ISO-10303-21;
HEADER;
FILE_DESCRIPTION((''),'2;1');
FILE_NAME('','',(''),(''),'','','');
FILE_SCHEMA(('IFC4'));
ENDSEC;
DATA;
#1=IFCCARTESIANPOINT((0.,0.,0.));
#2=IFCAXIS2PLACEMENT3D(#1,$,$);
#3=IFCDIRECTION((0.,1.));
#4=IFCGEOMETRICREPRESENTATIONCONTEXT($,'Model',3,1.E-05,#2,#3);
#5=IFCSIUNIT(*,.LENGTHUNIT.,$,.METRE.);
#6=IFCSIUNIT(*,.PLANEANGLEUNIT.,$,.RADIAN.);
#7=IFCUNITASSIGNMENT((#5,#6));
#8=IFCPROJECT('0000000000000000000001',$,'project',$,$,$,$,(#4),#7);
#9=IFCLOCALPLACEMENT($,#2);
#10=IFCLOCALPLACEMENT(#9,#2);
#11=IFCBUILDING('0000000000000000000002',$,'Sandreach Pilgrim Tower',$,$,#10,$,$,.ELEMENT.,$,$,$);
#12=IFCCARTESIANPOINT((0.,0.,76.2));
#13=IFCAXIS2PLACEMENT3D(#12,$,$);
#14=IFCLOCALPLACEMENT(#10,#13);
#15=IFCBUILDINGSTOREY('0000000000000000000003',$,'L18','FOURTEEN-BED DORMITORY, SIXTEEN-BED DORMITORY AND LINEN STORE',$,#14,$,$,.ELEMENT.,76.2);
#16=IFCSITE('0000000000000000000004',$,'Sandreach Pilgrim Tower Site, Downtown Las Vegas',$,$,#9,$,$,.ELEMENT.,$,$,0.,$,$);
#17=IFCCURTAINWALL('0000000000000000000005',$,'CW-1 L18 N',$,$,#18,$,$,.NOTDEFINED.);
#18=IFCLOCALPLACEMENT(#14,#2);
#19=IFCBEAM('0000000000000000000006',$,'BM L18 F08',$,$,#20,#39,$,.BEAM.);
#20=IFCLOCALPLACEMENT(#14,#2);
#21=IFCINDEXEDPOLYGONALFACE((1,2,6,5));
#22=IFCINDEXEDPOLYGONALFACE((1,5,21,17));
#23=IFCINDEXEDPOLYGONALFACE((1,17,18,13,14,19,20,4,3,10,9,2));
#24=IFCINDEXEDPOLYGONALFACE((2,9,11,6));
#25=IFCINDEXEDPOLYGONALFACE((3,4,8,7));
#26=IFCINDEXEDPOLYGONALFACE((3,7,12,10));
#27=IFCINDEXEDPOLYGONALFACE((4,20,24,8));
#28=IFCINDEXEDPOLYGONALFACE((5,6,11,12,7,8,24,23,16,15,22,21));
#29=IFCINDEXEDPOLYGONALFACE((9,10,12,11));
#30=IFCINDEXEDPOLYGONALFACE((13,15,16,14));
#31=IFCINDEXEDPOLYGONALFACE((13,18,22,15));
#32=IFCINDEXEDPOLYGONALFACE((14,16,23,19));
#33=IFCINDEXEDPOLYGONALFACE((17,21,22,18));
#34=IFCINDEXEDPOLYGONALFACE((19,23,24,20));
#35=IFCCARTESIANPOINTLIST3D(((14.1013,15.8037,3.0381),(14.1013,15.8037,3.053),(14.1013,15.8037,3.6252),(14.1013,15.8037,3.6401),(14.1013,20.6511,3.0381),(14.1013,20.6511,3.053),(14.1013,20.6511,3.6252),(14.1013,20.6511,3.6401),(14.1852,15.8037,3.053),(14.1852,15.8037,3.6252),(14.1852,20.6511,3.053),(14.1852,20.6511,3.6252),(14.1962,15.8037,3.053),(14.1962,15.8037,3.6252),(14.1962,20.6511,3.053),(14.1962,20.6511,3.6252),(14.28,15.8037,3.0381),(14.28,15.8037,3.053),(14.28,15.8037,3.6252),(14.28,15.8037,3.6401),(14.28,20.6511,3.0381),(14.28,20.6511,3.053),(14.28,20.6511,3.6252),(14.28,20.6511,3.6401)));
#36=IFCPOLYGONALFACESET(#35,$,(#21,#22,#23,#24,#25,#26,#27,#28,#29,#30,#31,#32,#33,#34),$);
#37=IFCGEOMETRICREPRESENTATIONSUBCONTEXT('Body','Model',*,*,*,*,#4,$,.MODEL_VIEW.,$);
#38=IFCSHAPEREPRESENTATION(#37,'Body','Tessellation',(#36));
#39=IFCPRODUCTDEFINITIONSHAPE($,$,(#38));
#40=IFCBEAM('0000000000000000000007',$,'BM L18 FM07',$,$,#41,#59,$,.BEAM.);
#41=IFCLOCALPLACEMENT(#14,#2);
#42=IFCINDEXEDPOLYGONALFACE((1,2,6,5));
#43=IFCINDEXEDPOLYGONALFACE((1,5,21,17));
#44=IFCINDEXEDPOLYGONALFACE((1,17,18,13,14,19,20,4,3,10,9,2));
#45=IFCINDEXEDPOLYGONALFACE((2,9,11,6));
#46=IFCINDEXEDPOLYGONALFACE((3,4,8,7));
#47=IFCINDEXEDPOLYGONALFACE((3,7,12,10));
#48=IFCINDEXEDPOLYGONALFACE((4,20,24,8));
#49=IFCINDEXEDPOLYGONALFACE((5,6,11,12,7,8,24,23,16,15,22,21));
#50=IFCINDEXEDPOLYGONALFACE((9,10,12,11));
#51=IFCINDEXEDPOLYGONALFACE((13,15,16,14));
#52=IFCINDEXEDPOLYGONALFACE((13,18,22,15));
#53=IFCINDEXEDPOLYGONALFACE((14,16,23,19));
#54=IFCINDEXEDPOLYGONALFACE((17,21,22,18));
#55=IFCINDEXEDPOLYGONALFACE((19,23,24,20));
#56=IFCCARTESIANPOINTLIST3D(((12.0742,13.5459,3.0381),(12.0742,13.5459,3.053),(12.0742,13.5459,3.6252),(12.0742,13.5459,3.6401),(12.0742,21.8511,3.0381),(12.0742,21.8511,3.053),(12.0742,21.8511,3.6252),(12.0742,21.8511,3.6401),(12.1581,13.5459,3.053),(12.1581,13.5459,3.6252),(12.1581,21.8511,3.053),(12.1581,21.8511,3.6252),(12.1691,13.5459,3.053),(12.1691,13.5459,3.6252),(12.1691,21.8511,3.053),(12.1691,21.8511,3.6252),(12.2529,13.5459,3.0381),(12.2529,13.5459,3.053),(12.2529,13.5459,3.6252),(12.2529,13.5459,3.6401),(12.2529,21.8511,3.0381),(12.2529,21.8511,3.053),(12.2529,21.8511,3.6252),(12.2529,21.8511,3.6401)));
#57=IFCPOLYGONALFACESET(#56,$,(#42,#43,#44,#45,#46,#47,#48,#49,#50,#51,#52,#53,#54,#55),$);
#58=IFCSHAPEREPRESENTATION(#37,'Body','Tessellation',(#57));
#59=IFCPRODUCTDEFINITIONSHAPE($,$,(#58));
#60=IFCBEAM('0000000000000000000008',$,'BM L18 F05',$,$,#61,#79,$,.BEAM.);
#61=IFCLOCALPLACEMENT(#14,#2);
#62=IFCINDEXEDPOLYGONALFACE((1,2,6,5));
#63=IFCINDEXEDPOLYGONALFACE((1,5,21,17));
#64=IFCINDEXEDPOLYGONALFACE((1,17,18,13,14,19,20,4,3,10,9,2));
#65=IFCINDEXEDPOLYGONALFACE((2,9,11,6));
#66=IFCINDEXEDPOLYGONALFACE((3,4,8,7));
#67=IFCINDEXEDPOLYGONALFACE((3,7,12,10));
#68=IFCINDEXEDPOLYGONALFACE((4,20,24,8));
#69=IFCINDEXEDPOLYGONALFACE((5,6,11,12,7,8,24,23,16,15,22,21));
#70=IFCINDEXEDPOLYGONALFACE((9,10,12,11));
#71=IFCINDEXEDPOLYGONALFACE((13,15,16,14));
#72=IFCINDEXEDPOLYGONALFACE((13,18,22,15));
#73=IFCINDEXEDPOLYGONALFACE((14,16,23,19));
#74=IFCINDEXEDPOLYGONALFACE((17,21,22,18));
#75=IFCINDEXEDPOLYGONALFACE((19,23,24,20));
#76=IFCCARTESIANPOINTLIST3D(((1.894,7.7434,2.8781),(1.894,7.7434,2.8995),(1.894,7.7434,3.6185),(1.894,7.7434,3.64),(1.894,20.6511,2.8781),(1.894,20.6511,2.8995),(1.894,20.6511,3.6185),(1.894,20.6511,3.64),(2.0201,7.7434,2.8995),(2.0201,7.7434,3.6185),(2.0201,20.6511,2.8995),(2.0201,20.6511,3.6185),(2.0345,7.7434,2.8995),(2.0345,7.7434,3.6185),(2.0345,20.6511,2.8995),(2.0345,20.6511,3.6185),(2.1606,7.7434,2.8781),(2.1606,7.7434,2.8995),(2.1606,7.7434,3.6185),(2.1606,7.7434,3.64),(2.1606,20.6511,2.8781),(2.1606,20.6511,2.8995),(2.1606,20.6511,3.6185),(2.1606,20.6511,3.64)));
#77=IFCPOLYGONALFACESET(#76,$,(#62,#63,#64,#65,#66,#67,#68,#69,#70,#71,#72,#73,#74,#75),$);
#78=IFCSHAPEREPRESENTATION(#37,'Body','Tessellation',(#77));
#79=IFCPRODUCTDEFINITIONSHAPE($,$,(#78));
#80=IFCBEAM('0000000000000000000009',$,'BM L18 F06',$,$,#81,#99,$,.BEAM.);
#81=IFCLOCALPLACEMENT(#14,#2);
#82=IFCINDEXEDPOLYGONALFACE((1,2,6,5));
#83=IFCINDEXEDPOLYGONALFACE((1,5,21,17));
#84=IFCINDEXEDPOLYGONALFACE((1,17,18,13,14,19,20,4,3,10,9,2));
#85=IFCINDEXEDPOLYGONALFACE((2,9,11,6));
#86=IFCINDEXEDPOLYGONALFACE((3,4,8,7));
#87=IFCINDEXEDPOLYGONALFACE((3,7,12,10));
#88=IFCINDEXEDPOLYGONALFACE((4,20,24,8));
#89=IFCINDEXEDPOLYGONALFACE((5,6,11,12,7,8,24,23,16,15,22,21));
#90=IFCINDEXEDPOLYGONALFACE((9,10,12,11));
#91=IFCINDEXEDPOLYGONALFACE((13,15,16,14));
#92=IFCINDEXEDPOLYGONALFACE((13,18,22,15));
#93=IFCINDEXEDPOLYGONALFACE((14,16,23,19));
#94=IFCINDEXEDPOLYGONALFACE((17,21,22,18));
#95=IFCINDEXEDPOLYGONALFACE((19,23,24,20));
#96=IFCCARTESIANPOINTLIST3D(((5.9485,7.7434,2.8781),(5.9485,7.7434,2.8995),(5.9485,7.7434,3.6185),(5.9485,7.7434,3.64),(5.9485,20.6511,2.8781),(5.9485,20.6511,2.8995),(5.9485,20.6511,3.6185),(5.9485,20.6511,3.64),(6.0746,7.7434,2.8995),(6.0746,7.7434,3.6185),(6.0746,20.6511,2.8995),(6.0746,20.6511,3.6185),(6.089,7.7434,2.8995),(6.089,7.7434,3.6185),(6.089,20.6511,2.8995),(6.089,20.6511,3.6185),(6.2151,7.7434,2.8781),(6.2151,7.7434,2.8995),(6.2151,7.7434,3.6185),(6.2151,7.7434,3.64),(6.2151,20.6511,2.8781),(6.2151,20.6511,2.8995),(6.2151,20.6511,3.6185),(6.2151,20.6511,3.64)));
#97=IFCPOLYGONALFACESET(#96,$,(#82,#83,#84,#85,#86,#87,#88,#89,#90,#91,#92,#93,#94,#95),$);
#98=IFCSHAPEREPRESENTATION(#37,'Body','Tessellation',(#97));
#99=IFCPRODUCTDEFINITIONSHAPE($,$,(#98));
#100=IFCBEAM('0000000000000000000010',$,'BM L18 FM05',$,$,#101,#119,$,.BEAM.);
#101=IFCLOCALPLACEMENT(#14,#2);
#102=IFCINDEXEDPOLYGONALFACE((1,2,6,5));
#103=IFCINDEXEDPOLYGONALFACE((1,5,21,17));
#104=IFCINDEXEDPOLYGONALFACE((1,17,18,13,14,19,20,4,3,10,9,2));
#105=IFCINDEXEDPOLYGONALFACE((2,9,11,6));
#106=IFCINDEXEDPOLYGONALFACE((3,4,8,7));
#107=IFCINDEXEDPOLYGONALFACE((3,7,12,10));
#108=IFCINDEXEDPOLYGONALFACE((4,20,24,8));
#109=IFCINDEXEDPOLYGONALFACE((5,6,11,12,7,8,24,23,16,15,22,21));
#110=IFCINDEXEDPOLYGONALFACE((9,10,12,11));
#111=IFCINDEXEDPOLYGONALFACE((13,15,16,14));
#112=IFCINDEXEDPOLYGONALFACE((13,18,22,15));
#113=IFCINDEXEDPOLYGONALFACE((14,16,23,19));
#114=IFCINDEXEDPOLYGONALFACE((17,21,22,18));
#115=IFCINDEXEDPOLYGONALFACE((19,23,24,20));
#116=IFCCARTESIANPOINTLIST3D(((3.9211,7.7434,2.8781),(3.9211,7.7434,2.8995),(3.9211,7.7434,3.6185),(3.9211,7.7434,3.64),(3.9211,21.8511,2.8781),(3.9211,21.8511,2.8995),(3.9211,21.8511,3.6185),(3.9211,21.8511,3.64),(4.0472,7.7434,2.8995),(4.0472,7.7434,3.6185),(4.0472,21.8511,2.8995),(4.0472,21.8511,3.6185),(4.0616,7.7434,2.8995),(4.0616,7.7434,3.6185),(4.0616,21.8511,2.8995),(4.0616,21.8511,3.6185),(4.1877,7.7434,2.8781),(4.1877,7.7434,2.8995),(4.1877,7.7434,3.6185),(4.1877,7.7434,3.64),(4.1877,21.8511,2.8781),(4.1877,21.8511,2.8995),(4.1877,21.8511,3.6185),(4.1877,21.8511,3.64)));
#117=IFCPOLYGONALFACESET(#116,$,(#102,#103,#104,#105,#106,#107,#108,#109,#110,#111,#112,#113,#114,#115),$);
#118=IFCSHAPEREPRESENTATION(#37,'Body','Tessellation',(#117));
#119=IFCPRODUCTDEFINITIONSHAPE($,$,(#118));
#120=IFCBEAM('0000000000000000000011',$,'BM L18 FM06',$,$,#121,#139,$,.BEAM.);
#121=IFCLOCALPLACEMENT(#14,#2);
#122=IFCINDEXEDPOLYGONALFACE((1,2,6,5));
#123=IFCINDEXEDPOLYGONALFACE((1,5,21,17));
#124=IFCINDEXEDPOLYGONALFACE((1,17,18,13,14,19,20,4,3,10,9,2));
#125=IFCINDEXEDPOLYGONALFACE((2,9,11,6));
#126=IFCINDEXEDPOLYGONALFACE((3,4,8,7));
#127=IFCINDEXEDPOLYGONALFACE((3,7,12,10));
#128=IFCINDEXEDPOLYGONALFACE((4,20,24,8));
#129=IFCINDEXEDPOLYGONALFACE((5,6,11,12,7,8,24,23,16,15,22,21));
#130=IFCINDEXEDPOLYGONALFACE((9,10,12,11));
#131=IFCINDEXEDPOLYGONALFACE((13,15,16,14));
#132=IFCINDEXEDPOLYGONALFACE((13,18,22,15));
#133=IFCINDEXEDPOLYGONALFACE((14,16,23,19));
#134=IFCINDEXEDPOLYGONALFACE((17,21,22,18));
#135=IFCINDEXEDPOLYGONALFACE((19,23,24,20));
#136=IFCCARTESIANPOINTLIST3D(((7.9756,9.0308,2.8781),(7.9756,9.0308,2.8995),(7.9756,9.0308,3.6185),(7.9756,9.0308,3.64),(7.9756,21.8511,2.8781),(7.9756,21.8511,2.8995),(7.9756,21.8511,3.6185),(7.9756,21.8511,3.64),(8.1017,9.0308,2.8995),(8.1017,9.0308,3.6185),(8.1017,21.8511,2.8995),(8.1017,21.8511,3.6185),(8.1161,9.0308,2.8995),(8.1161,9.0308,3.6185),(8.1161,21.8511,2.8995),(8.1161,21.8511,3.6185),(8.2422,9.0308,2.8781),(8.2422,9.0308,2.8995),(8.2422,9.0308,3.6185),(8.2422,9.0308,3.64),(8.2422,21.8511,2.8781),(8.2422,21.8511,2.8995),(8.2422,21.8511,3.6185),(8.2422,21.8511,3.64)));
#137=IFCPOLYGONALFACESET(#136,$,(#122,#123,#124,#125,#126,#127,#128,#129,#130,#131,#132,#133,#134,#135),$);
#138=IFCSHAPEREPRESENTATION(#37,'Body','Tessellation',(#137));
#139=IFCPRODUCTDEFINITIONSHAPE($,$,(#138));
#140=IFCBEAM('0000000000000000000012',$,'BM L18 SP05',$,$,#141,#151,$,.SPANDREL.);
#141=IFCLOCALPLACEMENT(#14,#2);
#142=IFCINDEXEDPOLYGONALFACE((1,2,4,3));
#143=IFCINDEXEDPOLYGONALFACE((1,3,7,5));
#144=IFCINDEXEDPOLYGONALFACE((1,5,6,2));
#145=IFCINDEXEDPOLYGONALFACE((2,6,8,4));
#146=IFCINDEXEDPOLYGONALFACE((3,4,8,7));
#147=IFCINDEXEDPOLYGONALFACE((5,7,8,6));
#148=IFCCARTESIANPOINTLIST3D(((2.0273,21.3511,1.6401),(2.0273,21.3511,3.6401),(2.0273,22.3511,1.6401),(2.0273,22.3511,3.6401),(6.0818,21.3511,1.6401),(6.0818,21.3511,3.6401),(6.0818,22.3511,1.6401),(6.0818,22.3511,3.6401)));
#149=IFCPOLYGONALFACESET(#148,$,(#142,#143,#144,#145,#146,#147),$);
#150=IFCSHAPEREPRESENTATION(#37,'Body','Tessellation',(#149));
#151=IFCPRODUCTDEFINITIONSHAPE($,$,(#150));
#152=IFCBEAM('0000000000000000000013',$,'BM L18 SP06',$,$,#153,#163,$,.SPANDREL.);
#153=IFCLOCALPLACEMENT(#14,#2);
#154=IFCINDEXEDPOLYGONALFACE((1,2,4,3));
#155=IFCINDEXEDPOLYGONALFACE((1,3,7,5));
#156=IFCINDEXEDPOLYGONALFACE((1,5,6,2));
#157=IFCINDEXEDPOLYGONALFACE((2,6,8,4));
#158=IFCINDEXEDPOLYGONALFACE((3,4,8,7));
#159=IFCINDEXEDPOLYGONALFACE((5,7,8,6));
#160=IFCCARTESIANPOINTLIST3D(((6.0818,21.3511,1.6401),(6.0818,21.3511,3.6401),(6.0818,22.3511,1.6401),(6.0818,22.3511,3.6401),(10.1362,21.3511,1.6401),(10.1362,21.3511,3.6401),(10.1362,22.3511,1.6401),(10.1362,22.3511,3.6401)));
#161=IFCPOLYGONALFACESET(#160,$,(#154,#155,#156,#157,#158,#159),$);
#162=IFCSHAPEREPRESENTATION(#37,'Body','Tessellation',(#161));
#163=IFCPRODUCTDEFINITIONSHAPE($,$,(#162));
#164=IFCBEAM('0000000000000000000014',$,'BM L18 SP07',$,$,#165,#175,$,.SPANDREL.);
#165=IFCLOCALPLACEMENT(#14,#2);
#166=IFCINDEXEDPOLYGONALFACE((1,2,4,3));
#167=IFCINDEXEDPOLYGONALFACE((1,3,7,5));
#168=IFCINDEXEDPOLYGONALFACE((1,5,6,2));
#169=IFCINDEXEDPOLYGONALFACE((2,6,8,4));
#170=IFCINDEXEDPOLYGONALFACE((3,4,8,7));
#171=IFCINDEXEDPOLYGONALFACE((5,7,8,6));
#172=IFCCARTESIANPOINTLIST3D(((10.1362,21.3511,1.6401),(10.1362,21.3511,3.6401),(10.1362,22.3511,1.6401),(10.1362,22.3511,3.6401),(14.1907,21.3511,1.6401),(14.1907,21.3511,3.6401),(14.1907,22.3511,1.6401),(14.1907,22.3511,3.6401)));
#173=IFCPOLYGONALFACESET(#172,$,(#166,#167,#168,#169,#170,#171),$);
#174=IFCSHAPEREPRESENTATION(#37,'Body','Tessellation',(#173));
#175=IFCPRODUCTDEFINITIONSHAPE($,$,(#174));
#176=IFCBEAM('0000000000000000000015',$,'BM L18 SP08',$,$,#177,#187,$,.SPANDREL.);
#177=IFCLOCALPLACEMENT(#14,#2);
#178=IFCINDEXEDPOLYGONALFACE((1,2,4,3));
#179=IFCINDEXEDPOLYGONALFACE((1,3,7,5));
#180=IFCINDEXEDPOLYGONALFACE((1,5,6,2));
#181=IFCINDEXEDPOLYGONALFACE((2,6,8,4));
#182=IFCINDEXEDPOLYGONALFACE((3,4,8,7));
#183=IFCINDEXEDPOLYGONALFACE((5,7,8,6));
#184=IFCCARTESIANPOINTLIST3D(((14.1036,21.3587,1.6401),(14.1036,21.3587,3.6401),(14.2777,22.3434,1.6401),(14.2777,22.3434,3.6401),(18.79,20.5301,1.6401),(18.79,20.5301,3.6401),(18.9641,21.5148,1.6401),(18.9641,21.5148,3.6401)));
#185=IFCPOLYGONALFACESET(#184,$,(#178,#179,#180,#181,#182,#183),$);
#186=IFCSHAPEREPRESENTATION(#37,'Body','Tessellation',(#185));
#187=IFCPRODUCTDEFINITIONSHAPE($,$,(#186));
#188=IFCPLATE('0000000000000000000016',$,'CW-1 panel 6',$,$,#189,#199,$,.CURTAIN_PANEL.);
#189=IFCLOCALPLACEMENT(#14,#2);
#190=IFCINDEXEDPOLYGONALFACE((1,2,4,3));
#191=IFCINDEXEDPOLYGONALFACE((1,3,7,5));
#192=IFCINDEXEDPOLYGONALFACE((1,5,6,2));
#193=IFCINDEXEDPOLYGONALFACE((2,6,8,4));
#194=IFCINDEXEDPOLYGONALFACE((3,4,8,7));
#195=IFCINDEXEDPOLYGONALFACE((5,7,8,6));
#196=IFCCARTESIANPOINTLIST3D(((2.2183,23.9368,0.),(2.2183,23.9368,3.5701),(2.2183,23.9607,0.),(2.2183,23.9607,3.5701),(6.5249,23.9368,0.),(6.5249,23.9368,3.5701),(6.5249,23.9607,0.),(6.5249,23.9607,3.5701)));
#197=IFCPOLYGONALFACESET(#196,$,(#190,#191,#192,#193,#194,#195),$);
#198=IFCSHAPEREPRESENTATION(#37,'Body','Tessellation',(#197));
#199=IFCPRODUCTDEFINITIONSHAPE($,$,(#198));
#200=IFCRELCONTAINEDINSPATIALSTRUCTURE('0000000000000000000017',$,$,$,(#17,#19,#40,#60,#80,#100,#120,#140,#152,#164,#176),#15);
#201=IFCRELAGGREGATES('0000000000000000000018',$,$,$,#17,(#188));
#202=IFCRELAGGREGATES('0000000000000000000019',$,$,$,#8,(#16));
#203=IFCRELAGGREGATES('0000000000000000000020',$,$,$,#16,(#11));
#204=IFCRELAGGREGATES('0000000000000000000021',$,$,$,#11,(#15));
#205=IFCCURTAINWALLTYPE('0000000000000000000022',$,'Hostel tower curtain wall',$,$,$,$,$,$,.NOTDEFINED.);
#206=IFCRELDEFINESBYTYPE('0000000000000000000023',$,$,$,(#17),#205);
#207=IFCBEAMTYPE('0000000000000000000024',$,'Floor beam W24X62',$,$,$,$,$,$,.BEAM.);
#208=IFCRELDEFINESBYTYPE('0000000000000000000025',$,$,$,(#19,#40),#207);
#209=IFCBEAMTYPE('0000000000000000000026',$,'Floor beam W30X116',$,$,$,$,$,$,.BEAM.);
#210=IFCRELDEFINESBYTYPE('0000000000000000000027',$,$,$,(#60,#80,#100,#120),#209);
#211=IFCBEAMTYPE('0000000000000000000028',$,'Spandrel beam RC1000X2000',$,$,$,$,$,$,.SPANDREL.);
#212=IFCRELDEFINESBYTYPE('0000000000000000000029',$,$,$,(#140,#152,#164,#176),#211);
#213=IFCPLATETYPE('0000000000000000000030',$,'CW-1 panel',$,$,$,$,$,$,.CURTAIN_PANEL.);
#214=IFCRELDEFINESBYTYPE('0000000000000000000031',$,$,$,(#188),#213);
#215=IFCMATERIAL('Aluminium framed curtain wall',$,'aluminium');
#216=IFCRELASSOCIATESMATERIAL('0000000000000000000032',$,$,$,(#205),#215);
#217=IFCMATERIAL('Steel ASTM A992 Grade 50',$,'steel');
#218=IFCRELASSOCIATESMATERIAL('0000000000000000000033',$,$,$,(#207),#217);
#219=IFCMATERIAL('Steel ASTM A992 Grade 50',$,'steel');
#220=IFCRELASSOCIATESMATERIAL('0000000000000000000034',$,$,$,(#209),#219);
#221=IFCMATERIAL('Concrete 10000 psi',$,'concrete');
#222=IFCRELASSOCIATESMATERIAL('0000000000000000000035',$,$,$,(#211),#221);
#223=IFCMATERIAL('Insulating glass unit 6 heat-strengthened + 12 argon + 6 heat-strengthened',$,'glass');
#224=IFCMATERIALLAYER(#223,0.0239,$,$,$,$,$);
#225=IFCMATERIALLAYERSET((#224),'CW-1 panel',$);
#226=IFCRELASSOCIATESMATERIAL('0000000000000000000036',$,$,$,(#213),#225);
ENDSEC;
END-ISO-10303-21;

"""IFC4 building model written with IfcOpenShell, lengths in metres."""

from ifc_helpers import new_model, si_unit, direction, frame, origin, origin_2d, place, context, subcontext, project, spatial, rectangle, i_section, extrude, material, layer, layer_set, material_profile, profile_set, type_object, element, aggregate, save


model = new_model("IFC4")

# Units and contexts
model_context = context("Model", 3, precision=1e-05, world=origin(), true_north=direction((0.0, 1.0)))
body_context = subcontext(model_context, "Body", "Model", "MODEL_VIEW")
ifc_project = project(units=[si_unit("LENGTHUNIT", "METRE"), si_unit("PLANEANGLEUNIT", "RADIAN")], contexts=[model_context])

# Site, building, storey
site_placement = place(None, origin())
site = spatial("IfcSite", under=ifc_project, at=site_placement, Name="Sandreach Pilgrim Tower Site, Downtown Las Vegas", CompositionType="ELEMENT", RefElevation=0.0)
building_placement = place(site_placement, origin())
building = spatial("IfcBuilding", under=site, at=building_placement, Name="Sandreach Pilgrim Tower", CompositionType="ELEMENT")
storey_placement = place(building_placement, frame((0.0, 0.0, 76.2)))
storey = spatial("IfcBuildingStorey", under=building, at=storey_placement, Name="L18", Description="FOURTEEN-BED DORMITORY, SIXTEEN-BED DORMITORY AND LINEN STORE", CompositionType="ELEMENT", Elevation=76.2)

# Curtain wall
ifc_material_1 = material(Name="Aluminium framed curtain wall", Category="aluminium")
curtain_wall_type = type_object("IfcCurtainWallType", Name="Hostel tower curtain wall", PredefinedType="NOTDEFINED", material=ifc_material_1)
curtain_wall_placement = place(storey_placement, origin())
curtain_wall = element("IfcCurtainWall", 1, at=curtain_wall_placement, inside=storey, type_object=curtain_wall_type, Name="CW-1 L18 N", PredefinedType="NOTDEFINED")

# Beams
ifc_material_2 = material(Name="Steel ASTM A992 Grade 50", Category="steel")
ifc_material_profile_1 = material_profile(ifc_material_2, i_section(OverallWidth=0.1787, OverallDepth=0.6021, WebThickness=0.011, FlangeThickness=0.0149, at=origin_2d()), Name="W24X62")
ifc_profile_set_1 = profile_set([ifc_material_profile_1], Name="Steel ASTM A992 Grade 50")
beam_type_1 = type_object("IfcBeamType", Name="Floor beam W24X62", PredefinedType="BEAM", material=ifc_profile_set_1)
beam_1_placement = place(storey_placement, frame((14.1907, 20.6511, 3.3391), z_axis=(0.0, -1.0, 0.0), x_axis=(1.0, 0.0, 0.0)))
element("IfcBeam", 2, at=beam_1_placement, inside=storey, type_object=beam_type_1, Name="BM L18 F08", PredefinedType="BEAM", context=body_context, shape_type="SweptSolid", body=[
    extrude(i_section(OverallWidth=0.1787, OverallDepth=0.6021, WebThickness=0.011, FlangeThickness=0.0149, at=origin_2d()), origin(), (0.0, 0.0, 1.0), 4.8474),
])
beam_2_placement = place(storey_placement, frame((12.1636, 21.8511, 3.3391), z_axis=(0.0, -1.0, 0.0), x_axis=(1.0, 0.0, 0.0)))
element("IfcBeam", 3, at=beam_2_placement, inside=storey, type_object=beam_type_1, Name="BM L18 FM07", PredefinedType="BEAM", context=body_context, shape_type="SweptSolid", body=[
    extrude(i_section(OverallWidth=0.1787, OverallDepth=0.6021, WebThickness=0.011, FlangeThickness=0.0149, at=origin_2d()), origin(), (0.0, 0.0, 1.0), 8.3052),
])
ifc_material_3 = material(Name="Steel ASTM A992 Grade 50", Category="steel")
ifc_material_profile_2 = material_profile(ifc_material_3, i_section(OverallWidth=0.2666, OverallDepth=0.762, WebThickness=0.0144, FlangeThickness=0.0215, at=origin_2d()), Name="W30X116")
ifc_profile_set_2 = profile_set([ifc_material_profile_2], Name="Steel ASTM A992 Grade 50")
beam_type_2 = type_object("IfcBeamType", Name="Floor beam W30X116", PredefinedType="BEAM", material=ifc_profile_set_2)
for number, where, z_axis, x_axis, name in (
    (4, (2.0273, 20.6511, 3.259), (0.0, -1.0, 0.0), (1.0, 0.0, 0.0), "BM L18 F05"),
    (5, (6.0818, 20.6511, 3.259), (0.0, -1.0, 0.0), (1.0, 0.0, 0.0), "BM L18 F06"),
):
    element("IfcBeam", number, at=place(storey_placement, frame(where, z_axis=z_axis, x_axis=x_axis)), inside=storey, type_object=beam_type_2, Name=name, PredefinedType="BEAM", context=body_context, shape_type="SweptSolid", body=[
        extrude(i_section(OverallWidth=0.2666, OverallDepth=0.762, WebThickness=0.0144, FlangeThickness=0.0215, at=origin_2d()), origin(), (0.0, 0.0, 1.0), 12.9077),
    ])
beam_3_placement = place(storey_placement, frame((4.0544, 21.8511, 3.259), z_axis=(0.0, -1.0, 0.0), x_axis=(1.0, 0.0, 0.0)))
element("IfcBeam", 6, at=beam_3_placement, inside=storey, type_object=beam_type_2, Name="BM L18 FM05", PredefinedType="BEAM", context=body_context, shape_type="SweptSolid", body=[
    extrude(i_section(OverallWidth=0.2666, OverallDepth=0.762, WebThickness=0.0144, FlangeThickness=0.0215, at=origin_2d()), origin(), (0.0, 0.0, 1.0), 14.1077),
])
beam_4_placement = place(storey_placement, frame((8.1089, 21.8511, 3.259), z_axis=(0.0, -1.0, 0.0), x_axis=(1.0, 0.0, 0.0)))
element("IfcBeam", 7, at=beam_4_placement, inside=storey, type_object=beam_type_2, Name="BM L18 FM06", PredefinedType="BEAM", context=body_context, shape_type="SweptSolid", body=[
    extrude(i_section(OverallWidth=0.2666, OverallDepth=0.762, WebThickness=0.0144, FlangeThickness=0.0215, at=origin_2d()), origin(), (0.0, 0.0, 1.0), 12.8203),
])
ifc_material_4 = material(Name="Concrete 10000 psi", Category="concrete")
ifc_material_profile_3 = material_profile(ifc_material_4, rectangle(XDim=1.0, YDim=2.0, at=origin_2d()), Name="RC1000X2000")
ifc_profile_set_3 = profile_set([ifc_material_profile_3], Name="Concrete 10000 psi")
beam_type_3 = type_object("IfcBeamType", Name="Spandrel beam RC1000X2000", PredefinedType="SPANDREL", material=ifc_profile_set_3)
for number, where, z_axis, x_axis, name in (
    (8, (2.0273, 21.8511, 2.6401), (1.0, 0.0, 0.0), (0.0, 1.0, 0.0), "BM L18 SP05"),
    (9, (6.0818, 21.8511, 2.6401), (1.0, 0.0, 0.0), (0.0, 1.0, 0.0), "BM L18 SP06"),
    (10, (10.1362, 21.8511, 2.6401), (1.0, 0.0, 0.0), (0.0, 1.0, 0.0), "BM L18 SP07"),
):
    element("IfcBeam", number, at=place(storey_placement, frame(where, z_axis=z_axis, x_axis=x_axis)), inside=storey, type_object=beam_type_3, Name=name, PredefinedType="SPANDREL", context=body_context, shape_type="SweptSolid", body=[
        extrude(rectangle(XDim=1.0, YDim=2.0, at=origin_2d()), origin(), (0.0, 0.0, 1.0), 4.0544),
    ])
beam_5_placement = place(storey_placement, frame((14.1907, 21.8511, 2.6401), z_axis=(0.984725, -0.174116, 0.0), x_axis=(0.174116, 0.984725, 0.0)))
element("IfcBeam", 11, at=beam_5_placement, inside=storey, type_object=beam_type_3, Name="BM L18 SP08", PredefinedType="SPANDREL", context=body_context, shape_type="SweptSolid", body=[
    extrude(rectangle(XDim=1.0, YDim=2.0, at=origin_2d()), origin(), (0.0, 0.0, 1.0), 4.759),
])

# Plate
ifc_material_5 = material(Name="Insulating glass unit 6 heat-strengthened + 12 argon + 6 heat-strengthened", Category="glass")
ifc_layer_1 = layer(ifc_material_5, 0.0239)
ifc_layer_set_1 = layer_set([ifc_layer_1], Name="CW-1 panel")
plate_type = type_object("IfcPlateType", Name="CW-1 panel", PredefinedType="CURTAIN_PANEL", material=ifc_layer_set_1)
plate_1_placement = place(storey_placement, frame((4.3716, 23.9487, 0.0), z_axis=(0.0, 0.0, 1.0), x_axis=(1.0, 0.0, 0.0)))
plate_1 = element("IfcPlate", 12, at=plate_1_placement, type_object=plate_type, Name="CW-1 panel 6", PredefinedType="CURTAIN_PANEL", context=body_context, shape_type="SweptSolid", body=[
    extrude(rectangle(XDim=4.3066, YDim=0.0239, at=origin_2d()), origin(), (0.0, 0.0, 1.0), 3.5701),
])
aggregate(curtain_wall, [plate_1])

save(model, "model.ifc")
